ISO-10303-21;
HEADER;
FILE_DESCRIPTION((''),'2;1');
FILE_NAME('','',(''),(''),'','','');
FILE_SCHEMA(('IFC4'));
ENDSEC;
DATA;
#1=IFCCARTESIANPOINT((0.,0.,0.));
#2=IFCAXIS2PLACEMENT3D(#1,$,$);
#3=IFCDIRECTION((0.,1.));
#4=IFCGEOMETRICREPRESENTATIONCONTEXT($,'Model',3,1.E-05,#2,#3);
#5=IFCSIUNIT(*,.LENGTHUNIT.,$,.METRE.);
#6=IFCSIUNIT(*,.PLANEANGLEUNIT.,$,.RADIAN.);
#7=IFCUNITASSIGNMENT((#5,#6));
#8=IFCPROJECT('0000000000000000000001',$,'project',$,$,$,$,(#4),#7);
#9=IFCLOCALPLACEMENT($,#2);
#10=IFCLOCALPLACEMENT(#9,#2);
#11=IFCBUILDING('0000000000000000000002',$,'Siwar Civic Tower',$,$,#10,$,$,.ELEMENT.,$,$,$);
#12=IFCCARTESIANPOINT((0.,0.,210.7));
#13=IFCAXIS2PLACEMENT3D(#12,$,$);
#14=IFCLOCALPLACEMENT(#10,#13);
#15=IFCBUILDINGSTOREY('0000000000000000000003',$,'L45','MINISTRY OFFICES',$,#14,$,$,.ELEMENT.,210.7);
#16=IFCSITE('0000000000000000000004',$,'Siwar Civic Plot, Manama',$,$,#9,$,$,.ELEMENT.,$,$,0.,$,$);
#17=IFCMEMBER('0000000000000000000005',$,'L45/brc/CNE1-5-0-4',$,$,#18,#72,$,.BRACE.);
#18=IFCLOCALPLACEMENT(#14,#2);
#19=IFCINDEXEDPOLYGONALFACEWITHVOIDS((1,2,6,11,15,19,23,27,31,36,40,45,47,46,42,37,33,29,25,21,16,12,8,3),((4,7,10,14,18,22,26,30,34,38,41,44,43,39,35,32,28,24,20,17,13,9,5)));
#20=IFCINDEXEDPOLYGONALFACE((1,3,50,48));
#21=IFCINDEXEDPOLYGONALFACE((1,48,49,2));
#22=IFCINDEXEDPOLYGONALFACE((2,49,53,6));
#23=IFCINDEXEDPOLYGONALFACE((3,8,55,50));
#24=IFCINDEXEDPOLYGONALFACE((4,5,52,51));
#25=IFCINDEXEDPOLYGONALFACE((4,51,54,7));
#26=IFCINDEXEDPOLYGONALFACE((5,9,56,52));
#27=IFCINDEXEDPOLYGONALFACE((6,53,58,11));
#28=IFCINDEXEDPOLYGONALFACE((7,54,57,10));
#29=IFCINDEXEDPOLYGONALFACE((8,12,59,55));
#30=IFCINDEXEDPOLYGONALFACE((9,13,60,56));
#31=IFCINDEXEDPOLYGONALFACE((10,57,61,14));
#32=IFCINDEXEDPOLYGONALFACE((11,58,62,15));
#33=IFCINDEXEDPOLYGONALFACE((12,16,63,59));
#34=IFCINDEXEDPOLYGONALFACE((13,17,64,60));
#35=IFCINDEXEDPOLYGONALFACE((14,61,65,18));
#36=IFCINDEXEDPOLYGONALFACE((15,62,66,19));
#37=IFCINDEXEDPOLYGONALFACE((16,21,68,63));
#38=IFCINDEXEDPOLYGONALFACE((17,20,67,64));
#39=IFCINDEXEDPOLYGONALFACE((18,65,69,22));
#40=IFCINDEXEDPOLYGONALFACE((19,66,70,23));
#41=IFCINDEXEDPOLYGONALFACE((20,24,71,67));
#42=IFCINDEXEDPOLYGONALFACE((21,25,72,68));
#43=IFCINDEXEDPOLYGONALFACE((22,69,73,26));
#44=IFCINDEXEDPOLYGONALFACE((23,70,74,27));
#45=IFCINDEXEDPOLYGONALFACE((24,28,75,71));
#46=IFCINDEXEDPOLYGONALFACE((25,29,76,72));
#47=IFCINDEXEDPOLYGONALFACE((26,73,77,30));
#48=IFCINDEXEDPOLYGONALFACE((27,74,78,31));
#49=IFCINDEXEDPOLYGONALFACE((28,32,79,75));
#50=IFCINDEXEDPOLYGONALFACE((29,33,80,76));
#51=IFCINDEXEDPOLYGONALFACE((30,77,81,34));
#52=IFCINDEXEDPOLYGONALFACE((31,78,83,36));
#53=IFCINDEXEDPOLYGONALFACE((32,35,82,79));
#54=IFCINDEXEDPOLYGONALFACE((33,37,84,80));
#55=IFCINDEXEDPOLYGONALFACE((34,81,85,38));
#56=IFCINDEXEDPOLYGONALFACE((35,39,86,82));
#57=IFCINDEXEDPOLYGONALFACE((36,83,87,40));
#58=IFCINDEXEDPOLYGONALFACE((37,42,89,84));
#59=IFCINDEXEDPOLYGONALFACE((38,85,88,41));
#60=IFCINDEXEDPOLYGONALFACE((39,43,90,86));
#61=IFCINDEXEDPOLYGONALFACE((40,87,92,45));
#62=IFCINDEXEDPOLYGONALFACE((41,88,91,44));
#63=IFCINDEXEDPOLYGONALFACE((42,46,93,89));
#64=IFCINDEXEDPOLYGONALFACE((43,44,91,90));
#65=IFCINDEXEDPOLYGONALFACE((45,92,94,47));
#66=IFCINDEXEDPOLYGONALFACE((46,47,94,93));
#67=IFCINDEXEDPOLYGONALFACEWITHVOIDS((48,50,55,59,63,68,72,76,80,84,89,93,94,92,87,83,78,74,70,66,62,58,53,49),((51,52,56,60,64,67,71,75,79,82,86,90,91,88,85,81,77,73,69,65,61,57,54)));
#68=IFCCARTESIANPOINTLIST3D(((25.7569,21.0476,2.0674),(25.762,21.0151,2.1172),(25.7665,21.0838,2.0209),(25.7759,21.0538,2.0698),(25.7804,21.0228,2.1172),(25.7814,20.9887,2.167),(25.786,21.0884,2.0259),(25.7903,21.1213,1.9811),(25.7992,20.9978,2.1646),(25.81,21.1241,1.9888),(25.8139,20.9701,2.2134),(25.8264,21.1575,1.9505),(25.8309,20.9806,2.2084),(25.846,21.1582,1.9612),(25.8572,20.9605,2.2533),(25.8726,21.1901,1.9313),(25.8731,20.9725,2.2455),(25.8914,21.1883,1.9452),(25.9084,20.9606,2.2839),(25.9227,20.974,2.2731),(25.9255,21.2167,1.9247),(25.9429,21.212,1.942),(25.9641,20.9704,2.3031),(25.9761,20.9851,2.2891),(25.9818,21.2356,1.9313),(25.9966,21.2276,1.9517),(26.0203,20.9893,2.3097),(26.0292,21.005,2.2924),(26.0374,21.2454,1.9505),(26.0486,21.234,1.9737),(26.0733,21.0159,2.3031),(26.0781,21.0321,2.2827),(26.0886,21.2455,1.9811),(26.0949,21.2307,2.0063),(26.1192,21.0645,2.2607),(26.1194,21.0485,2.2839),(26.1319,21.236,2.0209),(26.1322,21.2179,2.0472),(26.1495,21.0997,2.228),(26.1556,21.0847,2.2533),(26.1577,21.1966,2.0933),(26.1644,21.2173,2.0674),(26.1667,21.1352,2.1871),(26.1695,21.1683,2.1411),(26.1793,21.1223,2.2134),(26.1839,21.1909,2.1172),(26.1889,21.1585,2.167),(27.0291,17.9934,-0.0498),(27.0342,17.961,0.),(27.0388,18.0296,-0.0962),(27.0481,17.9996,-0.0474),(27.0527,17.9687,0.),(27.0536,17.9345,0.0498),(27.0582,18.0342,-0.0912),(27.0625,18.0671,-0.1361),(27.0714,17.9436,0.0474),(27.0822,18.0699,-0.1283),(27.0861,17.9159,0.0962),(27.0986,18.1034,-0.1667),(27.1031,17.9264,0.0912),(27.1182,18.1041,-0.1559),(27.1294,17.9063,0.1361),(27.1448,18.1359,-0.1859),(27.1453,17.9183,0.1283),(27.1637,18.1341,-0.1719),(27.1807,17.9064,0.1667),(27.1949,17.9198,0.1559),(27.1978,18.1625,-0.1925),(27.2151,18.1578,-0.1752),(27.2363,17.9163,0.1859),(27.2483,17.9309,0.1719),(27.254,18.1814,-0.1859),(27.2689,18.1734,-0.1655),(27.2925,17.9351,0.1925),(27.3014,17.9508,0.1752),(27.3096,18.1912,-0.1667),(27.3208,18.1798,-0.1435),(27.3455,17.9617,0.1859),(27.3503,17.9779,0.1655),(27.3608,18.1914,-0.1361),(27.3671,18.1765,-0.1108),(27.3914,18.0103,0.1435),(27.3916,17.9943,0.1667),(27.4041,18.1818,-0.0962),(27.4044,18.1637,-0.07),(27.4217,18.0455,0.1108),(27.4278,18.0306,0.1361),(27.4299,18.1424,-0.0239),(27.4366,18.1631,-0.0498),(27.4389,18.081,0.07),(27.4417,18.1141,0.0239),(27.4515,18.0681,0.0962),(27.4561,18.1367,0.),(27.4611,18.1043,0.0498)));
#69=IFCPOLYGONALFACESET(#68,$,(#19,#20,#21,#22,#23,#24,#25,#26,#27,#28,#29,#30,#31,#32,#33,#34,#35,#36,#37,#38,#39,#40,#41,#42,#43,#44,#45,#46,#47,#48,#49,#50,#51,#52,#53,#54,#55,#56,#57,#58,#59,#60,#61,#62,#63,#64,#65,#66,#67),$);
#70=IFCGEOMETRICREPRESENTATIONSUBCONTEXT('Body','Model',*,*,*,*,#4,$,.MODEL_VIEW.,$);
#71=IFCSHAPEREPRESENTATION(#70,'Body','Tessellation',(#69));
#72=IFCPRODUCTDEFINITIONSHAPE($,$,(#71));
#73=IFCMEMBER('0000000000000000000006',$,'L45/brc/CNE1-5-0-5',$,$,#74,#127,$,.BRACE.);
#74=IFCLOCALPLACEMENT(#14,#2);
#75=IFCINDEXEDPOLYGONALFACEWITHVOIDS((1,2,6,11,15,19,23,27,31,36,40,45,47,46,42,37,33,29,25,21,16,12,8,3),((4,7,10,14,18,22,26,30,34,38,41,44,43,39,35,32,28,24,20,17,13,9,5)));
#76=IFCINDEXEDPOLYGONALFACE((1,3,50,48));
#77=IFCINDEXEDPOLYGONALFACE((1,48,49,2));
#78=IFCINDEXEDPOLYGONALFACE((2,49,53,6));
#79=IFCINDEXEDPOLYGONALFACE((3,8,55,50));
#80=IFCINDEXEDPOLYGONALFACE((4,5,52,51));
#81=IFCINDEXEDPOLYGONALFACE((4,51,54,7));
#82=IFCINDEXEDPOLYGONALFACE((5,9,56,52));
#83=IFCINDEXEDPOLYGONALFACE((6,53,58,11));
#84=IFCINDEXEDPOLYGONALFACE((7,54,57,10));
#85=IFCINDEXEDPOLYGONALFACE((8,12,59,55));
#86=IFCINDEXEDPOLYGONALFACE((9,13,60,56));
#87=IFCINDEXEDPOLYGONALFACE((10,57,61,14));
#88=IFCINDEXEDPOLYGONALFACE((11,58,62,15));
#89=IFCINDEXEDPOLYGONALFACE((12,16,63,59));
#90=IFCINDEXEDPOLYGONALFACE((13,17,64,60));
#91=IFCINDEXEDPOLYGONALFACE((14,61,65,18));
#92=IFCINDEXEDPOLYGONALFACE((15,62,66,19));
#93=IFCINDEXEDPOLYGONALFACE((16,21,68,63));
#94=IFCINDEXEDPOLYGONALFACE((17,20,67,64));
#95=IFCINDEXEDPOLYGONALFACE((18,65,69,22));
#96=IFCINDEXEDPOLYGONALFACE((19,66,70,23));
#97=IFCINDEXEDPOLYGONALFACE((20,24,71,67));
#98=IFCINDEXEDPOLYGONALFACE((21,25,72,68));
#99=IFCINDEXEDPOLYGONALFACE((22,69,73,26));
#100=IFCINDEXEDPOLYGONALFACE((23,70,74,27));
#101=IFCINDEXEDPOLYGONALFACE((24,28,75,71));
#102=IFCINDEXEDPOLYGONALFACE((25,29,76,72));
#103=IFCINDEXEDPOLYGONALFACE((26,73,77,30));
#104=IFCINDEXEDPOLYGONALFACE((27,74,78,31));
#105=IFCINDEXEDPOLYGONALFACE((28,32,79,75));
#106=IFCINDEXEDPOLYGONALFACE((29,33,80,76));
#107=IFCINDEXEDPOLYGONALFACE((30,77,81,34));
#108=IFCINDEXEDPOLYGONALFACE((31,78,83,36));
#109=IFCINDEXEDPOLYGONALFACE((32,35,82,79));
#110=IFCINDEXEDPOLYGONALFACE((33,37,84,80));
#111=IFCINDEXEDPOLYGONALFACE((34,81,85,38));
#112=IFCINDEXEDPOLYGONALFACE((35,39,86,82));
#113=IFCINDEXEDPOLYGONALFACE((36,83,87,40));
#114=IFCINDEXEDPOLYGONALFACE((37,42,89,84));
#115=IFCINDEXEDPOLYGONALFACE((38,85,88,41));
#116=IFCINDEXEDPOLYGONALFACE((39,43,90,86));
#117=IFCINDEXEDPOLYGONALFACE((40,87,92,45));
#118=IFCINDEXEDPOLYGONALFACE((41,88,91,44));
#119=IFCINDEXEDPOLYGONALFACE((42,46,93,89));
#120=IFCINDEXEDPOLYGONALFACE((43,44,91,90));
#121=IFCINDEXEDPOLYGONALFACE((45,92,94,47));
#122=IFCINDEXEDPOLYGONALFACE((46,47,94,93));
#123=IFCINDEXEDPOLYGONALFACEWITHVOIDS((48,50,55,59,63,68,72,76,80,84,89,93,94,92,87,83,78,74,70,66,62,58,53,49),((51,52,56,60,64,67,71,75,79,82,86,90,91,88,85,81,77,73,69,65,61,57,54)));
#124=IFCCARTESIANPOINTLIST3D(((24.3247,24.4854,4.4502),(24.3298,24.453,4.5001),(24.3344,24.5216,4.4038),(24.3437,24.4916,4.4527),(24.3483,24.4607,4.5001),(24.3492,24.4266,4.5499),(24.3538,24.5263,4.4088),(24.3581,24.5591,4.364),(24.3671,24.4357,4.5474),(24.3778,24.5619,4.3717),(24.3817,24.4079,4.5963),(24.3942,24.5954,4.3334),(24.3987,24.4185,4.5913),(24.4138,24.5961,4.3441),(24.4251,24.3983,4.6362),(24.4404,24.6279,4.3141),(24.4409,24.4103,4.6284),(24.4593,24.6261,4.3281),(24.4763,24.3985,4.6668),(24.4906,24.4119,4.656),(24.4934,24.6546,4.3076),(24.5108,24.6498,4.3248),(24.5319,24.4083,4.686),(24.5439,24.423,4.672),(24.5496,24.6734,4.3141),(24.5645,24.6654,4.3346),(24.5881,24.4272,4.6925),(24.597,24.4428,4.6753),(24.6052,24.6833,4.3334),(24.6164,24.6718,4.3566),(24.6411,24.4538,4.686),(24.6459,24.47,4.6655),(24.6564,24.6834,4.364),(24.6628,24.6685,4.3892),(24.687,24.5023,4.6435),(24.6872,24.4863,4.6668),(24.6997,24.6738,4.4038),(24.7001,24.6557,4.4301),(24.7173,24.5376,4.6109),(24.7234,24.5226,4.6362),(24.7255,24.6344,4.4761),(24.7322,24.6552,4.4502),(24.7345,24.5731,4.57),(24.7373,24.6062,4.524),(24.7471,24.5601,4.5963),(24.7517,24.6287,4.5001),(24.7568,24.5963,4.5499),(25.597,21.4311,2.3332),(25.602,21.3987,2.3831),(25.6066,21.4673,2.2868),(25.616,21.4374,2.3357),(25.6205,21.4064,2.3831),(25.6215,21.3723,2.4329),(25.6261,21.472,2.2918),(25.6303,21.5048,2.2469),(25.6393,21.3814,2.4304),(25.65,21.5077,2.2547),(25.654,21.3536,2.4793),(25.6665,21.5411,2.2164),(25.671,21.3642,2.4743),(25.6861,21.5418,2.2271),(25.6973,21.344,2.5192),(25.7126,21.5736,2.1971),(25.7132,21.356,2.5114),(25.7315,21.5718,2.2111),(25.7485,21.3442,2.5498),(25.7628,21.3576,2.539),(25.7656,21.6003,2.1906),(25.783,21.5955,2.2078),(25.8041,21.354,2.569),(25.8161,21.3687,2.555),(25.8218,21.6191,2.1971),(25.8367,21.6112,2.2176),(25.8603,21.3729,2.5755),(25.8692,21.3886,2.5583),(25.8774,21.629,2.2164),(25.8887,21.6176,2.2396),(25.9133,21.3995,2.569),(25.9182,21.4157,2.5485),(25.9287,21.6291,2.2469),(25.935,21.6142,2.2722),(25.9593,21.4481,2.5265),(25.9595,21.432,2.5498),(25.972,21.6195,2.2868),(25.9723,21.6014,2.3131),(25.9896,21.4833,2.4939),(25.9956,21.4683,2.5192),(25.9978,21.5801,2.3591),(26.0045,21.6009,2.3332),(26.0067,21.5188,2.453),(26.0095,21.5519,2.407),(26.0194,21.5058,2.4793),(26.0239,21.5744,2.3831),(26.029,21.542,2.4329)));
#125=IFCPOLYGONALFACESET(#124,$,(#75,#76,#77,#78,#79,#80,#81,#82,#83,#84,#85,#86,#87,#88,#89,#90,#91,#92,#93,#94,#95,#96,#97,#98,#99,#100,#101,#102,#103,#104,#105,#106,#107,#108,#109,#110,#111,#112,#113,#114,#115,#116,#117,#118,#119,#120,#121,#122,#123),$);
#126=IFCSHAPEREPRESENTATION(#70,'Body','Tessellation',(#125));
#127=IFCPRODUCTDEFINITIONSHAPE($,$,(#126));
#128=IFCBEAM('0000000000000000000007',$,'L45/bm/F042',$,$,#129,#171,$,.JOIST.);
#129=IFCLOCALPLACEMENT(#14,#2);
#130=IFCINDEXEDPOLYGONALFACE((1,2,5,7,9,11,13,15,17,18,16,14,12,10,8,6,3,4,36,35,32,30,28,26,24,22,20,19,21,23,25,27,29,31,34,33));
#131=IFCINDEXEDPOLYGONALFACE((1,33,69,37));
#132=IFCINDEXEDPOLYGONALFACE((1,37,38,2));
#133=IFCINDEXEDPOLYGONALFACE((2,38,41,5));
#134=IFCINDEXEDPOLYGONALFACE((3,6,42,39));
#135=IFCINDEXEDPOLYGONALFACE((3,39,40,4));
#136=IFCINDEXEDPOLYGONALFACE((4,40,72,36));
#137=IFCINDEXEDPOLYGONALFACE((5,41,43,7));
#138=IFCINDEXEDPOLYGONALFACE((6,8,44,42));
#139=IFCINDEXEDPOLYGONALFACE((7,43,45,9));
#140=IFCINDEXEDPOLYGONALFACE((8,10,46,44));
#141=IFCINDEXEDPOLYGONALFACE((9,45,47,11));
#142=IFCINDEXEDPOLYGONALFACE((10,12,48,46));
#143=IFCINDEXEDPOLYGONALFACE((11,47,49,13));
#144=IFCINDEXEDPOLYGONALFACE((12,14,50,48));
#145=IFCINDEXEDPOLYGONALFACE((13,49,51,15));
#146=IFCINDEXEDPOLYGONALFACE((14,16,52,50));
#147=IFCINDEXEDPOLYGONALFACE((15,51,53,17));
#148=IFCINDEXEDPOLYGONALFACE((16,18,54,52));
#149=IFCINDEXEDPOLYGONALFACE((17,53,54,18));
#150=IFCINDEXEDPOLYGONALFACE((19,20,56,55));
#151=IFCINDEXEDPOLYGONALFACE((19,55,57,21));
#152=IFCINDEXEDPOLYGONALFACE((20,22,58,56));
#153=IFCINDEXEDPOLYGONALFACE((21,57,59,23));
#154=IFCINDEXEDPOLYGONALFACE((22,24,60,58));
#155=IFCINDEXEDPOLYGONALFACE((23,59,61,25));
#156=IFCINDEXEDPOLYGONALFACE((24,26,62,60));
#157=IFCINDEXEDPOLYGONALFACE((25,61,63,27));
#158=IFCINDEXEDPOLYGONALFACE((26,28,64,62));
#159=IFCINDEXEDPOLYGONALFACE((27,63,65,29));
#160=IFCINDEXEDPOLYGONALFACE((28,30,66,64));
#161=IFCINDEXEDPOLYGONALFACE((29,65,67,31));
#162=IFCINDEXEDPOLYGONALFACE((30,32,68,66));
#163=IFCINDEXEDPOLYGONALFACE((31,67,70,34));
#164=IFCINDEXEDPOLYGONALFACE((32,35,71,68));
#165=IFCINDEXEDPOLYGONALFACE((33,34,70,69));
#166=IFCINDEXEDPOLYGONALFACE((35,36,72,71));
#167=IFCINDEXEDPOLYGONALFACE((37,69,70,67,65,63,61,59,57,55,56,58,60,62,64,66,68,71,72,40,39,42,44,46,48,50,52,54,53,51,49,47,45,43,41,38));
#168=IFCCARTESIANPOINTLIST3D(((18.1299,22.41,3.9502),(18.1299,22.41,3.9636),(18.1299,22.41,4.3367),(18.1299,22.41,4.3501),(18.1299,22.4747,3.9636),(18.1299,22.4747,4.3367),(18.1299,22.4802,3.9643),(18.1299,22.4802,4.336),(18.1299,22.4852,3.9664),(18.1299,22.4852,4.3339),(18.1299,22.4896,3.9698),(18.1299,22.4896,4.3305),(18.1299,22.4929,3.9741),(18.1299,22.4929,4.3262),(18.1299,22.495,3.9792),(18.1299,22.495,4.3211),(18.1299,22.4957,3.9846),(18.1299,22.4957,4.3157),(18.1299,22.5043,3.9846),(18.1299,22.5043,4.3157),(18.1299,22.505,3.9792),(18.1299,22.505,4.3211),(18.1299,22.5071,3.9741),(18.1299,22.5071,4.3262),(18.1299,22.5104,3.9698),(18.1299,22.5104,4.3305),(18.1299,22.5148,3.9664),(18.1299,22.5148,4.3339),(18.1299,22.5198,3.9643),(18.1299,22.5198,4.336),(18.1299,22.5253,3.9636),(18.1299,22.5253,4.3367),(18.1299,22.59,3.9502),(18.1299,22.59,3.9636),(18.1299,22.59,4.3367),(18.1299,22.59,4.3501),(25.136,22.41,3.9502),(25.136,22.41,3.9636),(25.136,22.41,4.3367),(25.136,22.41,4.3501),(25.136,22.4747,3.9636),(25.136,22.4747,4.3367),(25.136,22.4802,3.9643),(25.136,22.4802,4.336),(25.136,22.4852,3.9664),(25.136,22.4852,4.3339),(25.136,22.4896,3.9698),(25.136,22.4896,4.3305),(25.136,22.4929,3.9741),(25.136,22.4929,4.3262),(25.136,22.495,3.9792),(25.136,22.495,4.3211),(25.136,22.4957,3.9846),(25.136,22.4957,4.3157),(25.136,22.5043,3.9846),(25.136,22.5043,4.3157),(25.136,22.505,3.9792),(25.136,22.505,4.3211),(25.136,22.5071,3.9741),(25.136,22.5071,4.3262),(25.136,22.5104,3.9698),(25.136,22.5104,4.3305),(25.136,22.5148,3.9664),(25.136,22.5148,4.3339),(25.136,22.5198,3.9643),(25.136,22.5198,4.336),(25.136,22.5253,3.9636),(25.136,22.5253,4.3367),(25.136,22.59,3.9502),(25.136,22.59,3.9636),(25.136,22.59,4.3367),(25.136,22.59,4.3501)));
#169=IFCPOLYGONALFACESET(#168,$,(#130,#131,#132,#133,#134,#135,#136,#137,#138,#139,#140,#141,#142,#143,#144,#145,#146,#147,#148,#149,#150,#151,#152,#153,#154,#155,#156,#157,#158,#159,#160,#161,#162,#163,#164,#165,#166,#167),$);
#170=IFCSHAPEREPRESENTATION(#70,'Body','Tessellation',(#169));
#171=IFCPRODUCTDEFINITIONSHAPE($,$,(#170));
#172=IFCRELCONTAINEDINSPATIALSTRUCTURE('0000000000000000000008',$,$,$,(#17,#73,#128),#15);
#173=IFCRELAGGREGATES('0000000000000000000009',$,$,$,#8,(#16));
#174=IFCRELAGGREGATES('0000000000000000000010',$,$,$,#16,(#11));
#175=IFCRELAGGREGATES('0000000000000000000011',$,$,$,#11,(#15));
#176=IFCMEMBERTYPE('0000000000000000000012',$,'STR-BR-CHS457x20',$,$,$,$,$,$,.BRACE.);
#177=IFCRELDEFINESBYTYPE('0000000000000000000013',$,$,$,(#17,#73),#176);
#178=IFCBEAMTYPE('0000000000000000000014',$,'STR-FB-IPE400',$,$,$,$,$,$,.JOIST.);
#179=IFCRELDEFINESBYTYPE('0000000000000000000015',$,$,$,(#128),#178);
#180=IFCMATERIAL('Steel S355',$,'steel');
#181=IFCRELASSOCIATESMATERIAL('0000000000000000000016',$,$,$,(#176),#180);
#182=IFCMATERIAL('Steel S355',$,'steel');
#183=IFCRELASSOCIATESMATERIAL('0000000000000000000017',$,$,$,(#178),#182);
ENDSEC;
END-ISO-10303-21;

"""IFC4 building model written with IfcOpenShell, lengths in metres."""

from ifc_helpers import new_model, si_unit, direction, frame, origin, origin_2d, place, context, subcontext, project, spatial, hollow_circle, i_section, extrude, material, material_profile, profile_set, type_object, element, save


model = new_model("IFC4")

# Units and contexts
model_context = context("Model", 3, precision=1e-05, world=origin(), true_north=direction((0.0, 1.0)))
body_context = subcontext(model_context, "Body", "Model", "MODEL_VIEW")
ifc_project = project(units=[si_unit("LENGTHUNIT", "METRE"), si_unit("PLANEANGLEUNIT", "RADIAN")], contexts=[model_context])

# Site, building, storey
site_placement = place(None, origin())
site = spatial("IfcSite", under=ifc_project, at=site_placement, Name="Siwar Civic Plot, Manama", CompositionType="ELEMENT", RefElevation=0.0)
building_placement = place(site_placement, origin())
building = spatial("IfcBuilding", under=site, at=building_placement, Name="Siwar Civic Tower", CompositionType="ELEMENT")
storey_placement = place(building_placement, frame((0.0, 0.0, 210.7)))
storey = spatial("IfcBuildingStorey", under=building, at=storey_placement, Name="L45", Description="MINISTRY OFFICES", CompositionType="ELEMENT", Elevation=210.7)

# Members
ifc_material_1 = material(Name="Steel S355", Category="steel")
ifc_material_profile_1 = material_profile(ifc_material_1, hollow_circle(Radius=0.2285, WallThickness=0.02, at=origin_2d()), Name="CHS457x20")
ifc_profile_set_1 = profile_set([ifc_material_profile_1], Name="Steel S355")
member_type_1 = type_object("IfcMemberType", Name="STR-BR-CHS457x20", PredefinedType="BRACE", material=ifc_profile_set_1)
for number, where, z_axis, x_axis, name in (
    (1, (27.2451, 18.0488, 0.0), (-0.323884, 0.777546, 0.538999), (-0.923116, -0.384521, 0.0), "L45/brc/CNE1-5-0-4"),
    (2, (25.813, 21.4866, 2.3831), (-0.323895, 0.777572, 0.538955), (-0.923116, -0.384521, 0.0), "L45/brc/CNE1-5-0-5"),
):
    element("IfcMember", number, at=place(storey_placement, frame(where, z_axis=z_axis, x_axis=x_axis)), inside=storey, type_object=member_type_1, Name=name, PredefinedType="BRACE", context=body_context, shape_type="SweptSolid", body=[
        extrude(hollow_circle(Radius=0.2285, WallThickness=0.02, at=origin_2d()), origin(), (0.0, 0.0, 1.0), 3.928),
    ])

# Beam
ifc_material_2 = material(Name="Steel S355", Category="steel")
ifc_material_profile_2 = material_profile(ifc_material_2, i_section(OverallWidth=0.1799, OverallDepth=0.3999, WebThickness=0.0085, FlangeThickness=0.0134, FilletRadius=0.021, at=origin_2d()), Name="IPE400")
ifc_profile_set_2 = profile_set([ifc_material_profile_2], Name="Steel S355")
beam_type_1 = type_object("IfcBeamType", Name="STR-FB-IPE400", PredefinedType="JOIST", material=ifc_profile_set_2)
beam_1_placement = place(storey_placement, frame((18.1299, 22.5, 4.1501), z_axis=(1.0, 0.0, 0.0), x_axis=(0.0, 1.0, 0.0)))
element("IfcBeam", 3, at=beam_1_placement, inside=storey, type_object=beam_type_1, Name="L45/bm/F042", PredefinedType="JOIST", context=body_context, shape_type="SweptSolid", body=[
    extrude(i_section(OverallWidth=0.1799, OverallDepth=0.3999, WebThickness=0.0085, FlangeThickness=0.0134, FilletRadius=0.021, at=origin_2d()), origin(), (0.0, 0.0, 1.0), 7.0061),
])

save(model, "model.ifc")
